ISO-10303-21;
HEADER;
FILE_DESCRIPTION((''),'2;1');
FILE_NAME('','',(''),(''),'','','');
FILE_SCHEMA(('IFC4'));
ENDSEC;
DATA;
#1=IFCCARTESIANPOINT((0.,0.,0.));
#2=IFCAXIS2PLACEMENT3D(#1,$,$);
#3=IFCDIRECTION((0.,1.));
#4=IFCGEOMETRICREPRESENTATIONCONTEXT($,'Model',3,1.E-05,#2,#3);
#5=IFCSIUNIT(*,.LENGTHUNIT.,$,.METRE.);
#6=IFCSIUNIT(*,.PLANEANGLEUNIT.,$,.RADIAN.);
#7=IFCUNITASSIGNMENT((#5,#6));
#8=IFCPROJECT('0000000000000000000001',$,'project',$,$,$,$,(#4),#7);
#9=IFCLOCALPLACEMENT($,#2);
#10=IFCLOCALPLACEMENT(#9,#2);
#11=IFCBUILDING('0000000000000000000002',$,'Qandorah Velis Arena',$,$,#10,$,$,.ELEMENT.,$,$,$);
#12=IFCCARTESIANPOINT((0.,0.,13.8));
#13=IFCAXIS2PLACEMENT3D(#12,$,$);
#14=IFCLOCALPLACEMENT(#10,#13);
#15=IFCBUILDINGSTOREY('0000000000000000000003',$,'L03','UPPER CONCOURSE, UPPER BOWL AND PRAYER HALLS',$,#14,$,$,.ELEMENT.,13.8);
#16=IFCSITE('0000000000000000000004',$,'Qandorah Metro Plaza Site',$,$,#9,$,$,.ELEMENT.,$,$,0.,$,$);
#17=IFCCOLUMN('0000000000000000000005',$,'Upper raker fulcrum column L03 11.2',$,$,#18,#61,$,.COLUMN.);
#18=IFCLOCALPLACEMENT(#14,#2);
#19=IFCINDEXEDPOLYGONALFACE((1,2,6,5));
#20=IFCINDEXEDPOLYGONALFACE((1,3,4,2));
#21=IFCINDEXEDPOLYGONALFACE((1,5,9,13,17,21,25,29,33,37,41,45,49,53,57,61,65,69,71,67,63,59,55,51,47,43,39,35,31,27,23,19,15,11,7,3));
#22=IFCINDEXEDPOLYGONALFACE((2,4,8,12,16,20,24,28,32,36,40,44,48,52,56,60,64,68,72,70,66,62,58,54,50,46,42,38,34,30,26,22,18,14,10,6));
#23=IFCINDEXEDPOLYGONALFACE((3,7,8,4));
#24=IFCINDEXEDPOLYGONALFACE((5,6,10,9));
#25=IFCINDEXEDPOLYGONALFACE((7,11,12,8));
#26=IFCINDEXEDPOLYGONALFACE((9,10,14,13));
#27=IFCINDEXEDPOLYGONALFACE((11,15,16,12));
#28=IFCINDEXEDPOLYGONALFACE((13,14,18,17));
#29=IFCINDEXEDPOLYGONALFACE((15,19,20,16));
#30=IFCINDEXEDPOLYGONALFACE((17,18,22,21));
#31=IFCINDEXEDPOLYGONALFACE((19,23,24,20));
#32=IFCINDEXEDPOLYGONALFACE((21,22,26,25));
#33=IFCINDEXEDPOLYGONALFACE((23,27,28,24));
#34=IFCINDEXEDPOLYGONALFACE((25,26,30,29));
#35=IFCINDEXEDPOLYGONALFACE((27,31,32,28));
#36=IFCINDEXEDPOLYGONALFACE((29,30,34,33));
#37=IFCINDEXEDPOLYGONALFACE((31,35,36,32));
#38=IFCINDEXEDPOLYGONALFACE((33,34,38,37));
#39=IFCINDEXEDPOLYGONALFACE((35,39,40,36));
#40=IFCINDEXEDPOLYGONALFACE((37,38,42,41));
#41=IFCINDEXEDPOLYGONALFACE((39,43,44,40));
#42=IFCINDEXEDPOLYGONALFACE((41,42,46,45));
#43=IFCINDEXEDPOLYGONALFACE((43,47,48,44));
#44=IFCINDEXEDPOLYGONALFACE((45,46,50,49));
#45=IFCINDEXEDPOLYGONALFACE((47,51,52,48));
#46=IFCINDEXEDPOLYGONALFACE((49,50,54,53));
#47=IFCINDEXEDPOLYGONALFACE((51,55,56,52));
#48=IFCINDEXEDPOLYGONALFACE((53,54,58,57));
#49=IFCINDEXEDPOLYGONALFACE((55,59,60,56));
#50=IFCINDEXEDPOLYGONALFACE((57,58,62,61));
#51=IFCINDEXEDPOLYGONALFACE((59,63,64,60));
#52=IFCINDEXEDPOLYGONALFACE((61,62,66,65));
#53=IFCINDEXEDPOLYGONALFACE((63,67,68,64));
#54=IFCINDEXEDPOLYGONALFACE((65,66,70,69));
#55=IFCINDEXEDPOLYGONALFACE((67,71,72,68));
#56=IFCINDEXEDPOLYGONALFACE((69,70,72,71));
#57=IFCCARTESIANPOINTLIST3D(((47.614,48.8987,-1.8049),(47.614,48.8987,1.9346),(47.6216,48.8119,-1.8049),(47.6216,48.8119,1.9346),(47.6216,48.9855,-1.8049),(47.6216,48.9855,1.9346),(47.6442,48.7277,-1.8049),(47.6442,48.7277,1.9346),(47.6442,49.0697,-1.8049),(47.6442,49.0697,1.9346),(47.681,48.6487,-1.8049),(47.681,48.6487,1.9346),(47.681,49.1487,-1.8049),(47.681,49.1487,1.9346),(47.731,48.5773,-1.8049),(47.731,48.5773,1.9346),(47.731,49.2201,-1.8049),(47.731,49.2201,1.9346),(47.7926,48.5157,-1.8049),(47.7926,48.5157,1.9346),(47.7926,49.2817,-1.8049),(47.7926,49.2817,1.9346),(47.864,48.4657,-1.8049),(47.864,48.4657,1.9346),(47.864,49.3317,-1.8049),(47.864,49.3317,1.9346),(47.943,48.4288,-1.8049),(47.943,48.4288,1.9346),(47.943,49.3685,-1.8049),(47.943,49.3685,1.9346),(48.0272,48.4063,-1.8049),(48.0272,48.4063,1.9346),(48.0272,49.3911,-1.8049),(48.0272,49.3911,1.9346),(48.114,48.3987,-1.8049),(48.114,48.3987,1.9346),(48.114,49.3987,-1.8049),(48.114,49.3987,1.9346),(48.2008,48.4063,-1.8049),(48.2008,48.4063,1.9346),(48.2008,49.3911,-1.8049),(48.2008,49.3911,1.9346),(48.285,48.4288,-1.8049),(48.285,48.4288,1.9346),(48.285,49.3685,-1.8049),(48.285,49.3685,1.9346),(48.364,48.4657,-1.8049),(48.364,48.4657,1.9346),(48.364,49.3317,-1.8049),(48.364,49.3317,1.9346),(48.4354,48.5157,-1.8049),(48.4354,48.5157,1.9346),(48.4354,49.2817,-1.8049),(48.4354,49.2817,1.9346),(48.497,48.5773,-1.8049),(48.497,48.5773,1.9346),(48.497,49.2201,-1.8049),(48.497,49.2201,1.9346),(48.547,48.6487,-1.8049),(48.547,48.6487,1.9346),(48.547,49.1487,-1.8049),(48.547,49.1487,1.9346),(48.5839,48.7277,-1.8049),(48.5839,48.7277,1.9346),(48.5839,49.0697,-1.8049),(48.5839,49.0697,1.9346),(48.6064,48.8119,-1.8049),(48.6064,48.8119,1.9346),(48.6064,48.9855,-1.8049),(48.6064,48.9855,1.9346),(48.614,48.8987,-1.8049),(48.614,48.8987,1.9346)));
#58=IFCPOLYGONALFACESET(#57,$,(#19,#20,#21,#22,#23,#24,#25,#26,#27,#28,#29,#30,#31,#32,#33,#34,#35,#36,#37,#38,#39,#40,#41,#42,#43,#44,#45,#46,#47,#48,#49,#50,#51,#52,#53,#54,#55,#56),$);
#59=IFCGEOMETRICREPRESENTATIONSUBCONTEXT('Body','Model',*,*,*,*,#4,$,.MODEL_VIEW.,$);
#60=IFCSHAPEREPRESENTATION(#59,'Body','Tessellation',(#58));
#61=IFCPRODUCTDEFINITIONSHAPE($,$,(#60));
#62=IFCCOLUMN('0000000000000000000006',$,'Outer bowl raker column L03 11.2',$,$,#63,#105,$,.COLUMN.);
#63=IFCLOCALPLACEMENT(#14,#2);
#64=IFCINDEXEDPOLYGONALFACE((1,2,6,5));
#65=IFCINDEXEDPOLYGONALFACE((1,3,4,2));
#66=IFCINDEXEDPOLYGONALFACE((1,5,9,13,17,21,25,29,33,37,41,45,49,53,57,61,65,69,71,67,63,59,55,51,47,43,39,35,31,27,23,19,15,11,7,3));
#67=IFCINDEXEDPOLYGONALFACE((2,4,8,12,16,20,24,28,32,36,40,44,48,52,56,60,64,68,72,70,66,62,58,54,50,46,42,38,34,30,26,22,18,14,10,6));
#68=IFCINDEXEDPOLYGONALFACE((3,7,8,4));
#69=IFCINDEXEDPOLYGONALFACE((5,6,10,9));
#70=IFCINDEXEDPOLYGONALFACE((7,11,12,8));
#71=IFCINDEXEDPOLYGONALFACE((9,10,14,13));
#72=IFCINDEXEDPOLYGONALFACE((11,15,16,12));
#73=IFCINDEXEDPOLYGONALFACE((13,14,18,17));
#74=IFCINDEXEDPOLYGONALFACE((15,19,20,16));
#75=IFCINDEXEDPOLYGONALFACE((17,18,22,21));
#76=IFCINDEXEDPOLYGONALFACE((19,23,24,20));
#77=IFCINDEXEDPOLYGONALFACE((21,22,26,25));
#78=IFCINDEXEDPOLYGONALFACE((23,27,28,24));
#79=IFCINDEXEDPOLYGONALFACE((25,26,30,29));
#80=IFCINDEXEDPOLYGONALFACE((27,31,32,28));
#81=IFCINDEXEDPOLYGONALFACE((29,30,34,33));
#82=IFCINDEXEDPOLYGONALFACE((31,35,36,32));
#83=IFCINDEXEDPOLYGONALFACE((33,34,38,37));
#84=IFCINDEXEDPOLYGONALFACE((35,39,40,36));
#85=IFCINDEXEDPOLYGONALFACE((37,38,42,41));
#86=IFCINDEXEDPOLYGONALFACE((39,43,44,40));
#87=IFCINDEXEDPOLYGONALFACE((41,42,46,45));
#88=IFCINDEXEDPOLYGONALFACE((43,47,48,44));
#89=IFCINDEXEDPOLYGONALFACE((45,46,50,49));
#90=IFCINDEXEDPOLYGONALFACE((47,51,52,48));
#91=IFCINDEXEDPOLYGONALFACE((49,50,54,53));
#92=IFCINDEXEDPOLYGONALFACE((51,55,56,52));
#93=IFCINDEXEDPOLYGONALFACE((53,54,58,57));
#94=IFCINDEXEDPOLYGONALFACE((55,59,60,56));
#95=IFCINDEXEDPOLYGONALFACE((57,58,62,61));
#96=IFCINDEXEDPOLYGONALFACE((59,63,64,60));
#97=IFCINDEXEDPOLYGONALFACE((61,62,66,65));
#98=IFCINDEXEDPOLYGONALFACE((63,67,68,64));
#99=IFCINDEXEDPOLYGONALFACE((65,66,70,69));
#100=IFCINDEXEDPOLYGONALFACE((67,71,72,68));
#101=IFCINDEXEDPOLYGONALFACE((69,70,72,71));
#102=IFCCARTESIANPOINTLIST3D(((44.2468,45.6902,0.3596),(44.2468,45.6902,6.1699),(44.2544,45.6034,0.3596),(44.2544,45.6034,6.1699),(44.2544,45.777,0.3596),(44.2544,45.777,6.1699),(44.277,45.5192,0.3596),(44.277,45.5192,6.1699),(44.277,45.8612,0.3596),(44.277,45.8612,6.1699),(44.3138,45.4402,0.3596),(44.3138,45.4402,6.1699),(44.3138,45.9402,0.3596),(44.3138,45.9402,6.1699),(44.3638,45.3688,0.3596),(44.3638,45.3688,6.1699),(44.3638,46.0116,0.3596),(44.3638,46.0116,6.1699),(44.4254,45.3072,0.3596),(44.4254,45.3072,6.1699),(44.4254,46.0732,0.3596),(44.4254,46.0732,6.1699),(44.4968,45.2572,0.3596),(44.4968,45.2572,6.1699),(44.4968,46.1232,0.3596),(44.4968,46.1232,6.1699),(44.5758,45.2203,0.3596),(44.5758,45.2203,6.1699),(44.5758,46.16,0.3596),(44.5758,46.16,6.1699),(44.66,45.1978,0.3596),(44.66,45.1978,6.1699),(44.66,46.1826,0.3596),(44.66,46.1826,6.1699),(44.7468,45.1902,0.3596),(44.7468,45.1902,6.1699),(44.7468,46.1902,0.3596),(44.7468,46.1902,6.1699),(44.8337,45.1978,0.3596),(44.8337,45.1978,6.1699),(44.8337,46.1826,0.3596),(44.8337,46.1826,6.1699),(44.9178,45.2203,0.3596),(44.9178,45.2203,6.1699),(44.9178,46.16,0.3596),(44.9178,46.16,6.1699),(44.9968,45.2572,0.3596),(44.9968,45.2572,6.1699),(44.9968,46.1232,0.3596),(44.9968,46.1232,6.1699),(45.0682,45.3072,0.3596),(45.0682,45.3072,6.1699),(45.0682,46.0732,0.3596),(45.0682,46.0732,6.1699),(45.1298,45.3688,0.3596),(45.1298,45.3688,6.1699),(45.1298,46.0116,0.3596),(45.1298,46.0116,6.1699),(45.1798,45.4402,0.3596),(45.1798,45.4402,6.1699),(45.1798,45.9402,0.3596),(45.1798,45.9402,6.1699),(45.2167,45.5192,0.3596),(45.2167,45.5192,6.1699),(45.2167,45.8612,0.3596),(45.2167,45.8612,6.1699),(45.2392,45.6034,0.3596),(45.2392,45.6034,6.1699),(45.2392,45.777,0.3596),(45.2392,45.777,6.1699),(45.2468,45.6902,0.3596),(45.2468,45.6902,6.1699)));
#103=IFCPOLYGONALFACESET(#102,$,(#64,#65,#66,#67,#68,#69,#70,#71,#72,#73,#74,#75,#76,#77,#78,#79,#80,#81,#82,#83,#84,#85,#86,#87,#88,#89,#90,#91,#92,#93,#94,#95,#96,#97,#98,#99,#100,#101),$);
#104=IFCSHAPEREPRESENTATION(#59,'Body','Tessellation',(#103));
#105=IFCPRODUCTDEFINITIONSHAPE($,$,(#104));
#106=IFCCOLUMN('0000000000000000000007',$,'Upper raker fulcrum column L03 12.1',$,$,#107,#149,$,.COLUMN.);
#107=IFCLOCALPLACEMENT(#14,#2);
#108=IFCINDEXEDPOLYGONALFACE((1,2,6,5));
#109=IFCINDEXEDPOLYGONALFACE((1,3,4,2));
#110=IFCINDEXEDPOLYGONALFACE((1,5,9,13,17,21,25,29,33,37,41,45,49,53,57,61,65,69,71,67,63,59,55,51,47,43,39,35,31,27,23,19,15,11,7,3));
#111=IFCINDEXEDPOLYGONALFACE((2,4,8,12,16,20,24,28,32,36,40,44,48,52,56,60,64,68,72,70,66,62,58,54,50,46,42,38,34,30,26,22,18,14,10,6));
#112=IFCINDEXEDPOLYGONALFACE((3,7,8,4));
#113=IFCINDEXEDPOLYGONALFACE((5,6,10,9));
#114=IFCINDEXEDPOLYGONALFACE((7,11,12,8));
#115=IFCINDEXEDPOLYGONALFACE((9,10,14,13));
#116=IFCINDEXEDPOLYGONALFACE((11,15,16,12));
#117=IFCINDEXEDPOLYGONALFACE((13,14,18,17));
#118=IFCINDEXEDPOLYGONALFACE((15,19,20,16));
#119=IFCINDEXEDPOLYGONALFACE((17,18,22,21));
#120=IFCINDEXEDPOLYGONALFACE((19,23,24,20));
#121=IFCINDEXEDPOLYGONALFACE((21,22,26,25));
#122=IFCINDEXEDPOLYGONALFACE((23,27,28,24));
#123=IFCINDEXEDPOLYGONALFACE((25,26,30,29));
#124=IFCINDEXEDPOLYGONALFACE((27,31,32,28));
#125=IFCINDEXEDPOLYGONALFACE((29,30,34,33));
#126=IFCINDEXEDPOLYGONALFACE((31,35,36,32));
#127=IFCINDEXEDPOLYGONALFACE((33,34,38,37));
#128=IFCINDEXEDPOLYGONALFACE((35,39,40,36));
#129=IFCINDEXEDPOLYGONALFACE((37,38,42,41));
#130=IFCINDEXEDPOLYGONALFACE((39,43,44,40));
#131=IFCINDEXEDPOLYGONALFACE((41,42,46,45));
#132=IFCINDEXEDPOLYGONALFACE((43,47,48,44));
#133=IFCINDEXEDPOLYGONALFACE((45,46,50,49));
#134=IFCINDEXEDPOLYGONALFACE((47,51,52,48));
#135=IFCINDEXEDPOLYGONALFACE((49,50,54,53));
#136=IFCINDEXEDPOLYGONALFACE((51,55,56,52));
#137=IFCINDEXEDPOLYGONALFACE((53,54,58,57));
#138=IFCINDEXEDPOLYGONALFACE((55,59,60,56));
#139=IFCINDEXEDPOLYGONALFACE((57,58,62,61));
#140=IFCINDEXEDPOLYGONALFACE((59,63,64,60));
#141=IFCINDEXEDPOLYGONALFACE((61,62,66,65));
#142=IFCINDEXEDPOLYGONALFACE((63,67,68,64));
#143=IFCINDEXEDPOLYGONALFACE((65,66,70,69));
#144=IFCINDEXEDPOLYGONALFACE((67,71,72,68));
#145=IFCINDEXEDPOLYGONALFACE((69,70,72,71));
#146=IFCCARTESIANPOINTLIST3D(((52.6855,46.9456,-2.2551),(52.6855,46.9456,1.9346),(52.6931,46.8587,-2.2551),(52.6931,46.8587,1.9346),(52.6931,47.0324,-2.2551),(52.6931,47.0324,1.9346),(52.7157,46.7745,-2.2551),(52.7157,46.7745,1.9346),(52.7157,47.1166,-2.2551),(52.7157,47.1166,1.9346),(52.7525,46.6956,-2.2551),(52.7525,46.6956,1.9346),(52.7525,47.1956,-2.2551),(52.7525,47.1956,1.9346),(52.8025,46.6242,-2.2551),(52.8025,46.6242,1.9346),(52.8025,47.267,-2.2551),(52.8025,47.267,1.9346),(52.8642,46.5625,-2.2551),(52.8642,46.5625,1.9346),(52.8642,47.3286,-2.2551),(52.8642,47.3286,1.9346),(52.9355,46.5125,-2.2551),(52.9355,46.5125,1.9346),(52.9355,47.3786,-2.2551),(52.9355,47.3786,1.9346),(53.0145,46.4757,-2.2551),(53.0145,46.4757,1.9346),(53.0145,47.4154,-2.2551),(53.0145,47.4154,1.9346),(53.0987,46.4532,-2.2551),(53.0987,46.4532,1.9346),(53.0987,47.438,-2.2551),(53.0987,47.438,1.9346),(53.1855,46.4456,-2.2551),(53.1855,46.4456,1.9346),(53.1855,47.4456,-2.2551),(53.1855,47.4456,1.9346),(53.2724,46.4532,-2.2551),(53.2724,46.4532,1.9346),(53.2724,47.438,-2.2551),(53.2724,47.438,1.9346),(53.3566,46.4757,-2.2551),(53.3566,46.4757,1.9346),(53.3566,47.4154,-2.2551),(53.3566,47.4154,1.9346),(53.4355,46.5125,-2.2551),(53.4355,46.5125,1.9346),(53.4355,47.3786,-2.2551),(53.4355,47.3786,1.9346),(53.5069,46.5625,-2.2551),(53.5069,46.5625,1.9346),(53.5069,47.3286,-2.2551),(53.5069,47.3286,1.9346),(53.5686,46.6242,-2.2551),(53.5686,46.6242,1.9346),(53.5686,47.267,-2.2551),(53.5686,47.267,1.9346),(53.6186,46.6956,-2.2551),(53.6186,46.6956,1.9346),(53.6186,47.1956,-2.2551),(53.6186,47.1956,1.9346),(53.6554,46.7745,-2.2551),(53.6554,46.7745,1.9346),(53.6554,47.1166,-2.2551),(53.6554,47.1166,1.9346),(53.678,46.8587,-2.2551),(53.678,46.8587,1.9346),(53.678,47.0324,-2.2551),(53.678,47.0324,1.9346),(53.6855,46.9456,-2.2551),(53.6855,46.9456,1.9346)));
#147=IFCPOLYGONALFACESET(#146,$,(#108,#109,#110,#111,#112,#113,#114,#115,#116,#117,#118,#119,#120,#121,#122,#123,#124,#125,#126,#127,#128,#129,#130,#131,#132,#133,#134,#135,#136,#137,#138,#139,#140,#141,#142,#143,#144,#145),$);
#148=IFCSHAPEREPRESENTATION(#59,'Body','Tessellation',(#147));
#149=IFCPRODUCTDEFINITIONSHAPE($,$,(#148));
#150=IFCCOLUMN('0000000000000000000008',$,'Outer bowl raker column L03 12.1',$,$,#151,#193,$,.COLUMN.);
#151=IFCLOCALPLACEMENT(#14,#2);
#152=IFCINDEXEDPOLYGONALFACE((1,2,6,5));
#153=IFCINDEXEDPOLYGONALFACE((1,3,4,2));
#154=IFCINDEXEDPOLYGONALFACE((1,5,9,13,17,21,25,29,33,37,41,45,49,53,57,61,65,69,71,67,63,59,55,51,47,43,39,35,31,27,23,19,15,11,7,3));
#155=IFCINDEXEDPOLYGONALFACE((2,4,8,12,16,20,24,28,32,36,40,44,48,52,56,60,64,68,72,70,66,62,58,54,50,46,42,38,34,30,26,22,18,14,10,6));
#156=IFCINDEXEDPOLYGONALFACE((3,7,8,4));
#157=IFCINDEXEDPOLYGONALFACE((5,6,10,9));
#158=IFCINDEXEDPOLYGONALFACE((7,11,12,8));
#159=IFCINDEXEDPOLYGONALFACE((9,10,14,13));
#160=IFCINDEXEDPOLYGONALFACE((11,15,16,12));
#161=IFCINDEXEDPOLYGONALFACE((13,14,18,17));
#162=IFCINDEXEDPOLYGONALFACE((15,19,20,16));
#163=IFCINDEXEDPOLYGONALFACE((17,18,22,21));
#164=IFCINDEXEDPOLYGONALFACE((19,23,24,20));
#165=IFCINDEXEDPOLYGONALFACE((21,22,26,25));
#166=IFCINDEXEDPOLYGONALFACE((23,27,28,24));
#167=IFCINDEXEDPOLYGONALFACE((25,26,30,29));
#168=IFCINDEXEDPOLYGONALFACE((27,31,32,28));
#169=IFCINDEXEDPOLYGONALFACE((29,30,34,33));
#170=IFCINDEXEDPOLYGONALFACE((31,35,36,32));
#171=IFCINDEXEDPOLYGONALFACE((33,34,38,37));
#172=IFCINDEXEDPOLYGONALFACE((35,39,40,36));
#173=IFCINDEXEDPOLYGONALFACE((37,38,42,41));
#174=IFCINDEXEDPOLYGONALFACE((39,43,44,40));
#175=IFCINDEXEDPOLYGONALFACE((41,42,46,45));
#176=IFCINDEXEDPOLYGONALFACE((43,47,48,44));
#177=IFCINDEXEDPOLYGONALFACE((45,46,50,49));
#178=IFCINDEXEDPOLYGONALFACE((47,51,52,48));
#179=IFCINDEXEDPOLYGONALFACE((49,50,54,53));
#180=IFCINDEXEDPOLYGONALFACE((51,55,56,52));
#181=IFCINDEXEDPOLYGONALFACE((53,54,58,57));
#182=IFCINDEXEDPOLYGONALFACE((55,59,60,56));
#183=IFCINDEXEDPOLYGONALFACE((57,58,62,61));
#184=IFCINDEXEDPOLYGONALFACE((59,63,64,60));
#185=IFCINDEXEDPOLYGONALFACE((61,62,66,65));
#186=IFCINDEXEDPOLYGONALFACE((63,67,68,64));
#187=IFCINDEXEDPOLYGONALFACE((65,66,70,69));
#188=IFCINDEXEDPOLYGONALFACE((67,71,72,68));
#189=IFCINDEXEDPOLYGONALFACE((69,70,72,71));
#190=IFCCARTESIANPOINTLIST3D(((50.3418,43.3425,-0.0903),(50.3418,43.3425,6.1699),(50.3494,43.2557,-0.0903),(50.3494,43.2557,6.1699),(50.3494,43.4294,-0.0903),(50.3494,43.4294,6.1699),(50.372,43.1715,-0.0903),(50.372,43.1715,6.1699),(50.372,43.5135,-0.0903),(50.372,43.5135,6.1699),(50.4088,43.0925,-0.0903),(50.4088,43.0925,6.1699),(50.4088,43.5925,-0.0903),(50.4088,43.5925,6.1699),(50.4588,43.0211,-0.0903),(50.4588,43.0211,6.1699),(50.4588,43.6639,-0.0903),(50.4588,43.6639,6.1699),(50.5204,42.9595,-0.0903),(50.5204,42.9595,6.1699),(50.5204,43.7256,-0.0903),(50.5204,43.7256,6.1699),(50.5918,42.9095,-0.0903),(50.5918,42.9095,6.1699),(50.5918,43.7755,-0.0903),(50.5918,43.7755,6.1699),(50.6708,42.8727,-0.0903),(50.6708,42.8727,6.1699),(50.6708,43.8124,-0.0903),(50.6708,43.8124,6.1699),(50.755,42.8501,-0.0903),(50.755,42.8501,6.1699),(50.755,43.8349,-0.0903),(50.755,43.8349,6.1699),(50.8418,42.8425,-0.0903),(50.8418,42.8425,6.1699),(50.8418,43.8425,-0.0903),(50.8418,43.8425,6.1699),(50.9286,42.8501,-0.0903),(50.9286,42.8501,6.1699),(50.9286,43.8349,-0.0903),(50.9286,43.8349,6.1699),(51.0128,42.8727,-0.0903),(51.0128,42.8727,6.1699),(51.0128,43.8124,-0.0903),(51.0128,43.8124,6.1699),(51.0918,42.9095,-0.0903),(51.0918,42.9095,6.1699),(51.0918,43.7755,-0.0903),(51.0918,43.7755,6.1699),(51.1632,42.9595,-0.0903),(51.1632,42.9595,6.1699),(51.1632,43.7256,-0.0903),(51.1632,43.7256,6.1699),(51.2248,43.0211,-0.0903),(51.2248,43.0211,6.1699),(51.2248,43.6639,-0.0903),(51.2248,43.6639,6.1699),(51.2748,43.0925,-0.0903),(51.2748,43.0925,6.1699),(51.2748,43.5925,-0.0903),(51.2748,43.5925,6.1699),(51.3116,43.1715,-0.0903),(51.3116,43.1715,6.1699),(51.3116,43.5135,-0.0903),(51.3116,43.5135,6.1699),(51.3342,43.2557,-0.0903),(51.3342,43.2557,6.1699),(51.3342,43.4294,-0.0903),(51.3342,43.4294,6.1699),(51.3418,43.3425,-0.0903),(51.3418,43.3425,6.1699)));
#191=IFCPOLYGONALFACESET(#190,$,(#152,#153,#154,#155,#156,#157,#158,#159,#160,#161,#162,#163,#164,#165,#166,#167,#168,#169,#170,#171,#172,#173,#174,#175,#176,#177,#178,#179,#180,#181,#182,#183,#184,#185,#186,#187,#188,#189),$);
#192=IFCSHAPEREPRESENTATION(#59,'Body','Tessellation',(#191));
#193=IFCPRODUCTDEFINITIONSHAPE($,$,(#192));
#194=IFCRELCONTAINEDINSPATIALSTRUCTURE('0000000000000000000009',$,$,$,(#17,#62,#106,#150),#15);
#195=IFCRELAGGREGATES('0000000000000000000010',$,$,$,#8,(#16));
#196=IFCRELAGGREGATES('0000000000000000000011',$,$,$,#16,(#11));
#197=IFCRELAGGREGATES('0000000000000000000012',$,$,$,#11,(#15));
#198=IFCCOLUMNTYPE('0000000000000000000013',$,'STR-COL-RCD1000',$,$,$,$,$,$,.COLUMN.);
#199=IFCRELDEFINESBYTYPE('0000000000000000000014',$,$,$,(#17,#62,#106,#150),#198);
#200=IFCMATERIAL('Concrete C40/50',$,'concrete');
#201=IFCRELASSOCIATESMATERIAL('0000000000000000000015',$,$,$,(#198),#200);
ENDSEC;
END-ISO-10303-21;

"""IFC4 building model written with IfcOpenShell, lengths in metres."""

from ifc_helpers import new_model, si_unit, direction, frame, origin, origin_2d, place, context, subcontext, project, spatial, circle, extrude, material, material_profile, profile_set, type_object, element, save


model = new_model("IFC4")

# Units and contexts
model_context = context("Model", 3, precision=1e-05, world=origin(), true_north=direction((0.0, 1.0)))
body_context = subcontext(model_context, "Body", "Model", "MODEL_VIEW")
ifc_project = project(units=[si_unit("LENGTHUNIT", "METRE"), si_unit("PLANEANGLEUNIT", "RADIAN")], contexts=[model_context])

# Site, building, storey
site_placement = place(None, origin())
site = spatial("IfcSite", under=ifc_project, at=site_placement, Name="Qandorah Metro Plaza Site", CompositionType="ELEMENT", RefElevation=0.0)
building_placement = place(site_placement, origin())
building = spatial("IfcBuilding", under=site, at=building_placement, Name="Qandorah Velis Arena", CompositionType="ELEMENT")
storey_placement = place(building_placement, frame((0.0, 0.0, 13.8)))
storey = spatial("IfcBuildingStorey", under=building, at=storey_placement, Name="L03", Description="UPPER CONCOURSE, UPPER BOWL AND PRAYER HALLS", CompositionType="ELEMENT", Elevation=13.8)

# Columns
ifc_material_1 = material(Name="Concrete C40/50", Category="concrete")
ifc_material_profile_1 = material_profile(ifc_material_1, circle(Radius=0.5, at=origin_2d()), Name="RC D1000")
ifc_profile_set_1 = profile_set([ifc_material_profile_1], Name="Concrete C40/50")
column_type_1 = type_object("IfcColumnType", Name="STR-COL-RCD1000", PredefinedType="COLUMN", material=ifc_profile_set_1)
column_1_placement = place(storey_placement, frame((48.114, 48.8987, -1.8049), z_axis=(0.0, 0.0, 1.0), x_axis=(1.0, 0.0, 0.0)))
element("IfcColumn", 1, at=column_1_placement, inside=storey, type_object=column_type_1, Name="Upper raker fulcrum column L03 11.2", PredefinedType="COLUMN", context=body_context, shape_type="SweptSolid", body=[
    extrude(circle(Radius=0.5, at=origin_2d()), origin(), (0.0, 0.0, 1.0), 3.7395),
])
column_2_placement = place(storey_placement, frame((44.7468, 45.6902, 0.3596), z_axis=(0.0, 0.0, 1.0), x_axis=(1.0, 0.0, 0.0)))
element("IfcColumn", 2, at=column_2_placement, inside=storey, type_object=column_type_1, Name="Outer bowl raker column L03 11.2", PredefinedType="COLUMN", context=body_context, shape_type="SweptSolid", body=[
    extrude(circle(Radius=0.5, at=origin_2d()), origin(), (0.0, 0.0, 1.0), 5.8103),
])
column_3_placement = place(storey_placement, frame((53.1855, 46.9456, -2.2551), z_axis=(0.0, 0.0, 1.0), x_axis=(1.0, 0.0, 0.0)))
element("IfcColumn", 3, at=column_3_placement, inside=storey, type_object=column_type_1, Name="Upper raker fulcrum column L03 12.1", PredefinedType="COLUMN", context=body_context, shape_type="SweptSolid", body=[
    extrude(circle(Radius=0.5, at=origin_2d()), origin(), (0.0, 0.0, 1.0), 4.1897),
])
column_4_placement = place(storey_placement, frame((50.8418, 43.3425, -0.0903), z_axis=(0.0, 0.0, 1.0), x_axis=(1.0, 0.0, 0.0)))
element("IfcColumn", 4, at=column_4_placement, inside=storey, type_object=column_type_1, Name="Outer bowl raker column L03 12.1", PredefinedType="COLUMN", context=body_context, shape_type="SweptSolid", body=[
    extrude(circle(Radius=0.5, at=origin_2d()), origin(), (0.0, 0.0, 1.0), 6.2603),
])

save(model, "model.ifc")
